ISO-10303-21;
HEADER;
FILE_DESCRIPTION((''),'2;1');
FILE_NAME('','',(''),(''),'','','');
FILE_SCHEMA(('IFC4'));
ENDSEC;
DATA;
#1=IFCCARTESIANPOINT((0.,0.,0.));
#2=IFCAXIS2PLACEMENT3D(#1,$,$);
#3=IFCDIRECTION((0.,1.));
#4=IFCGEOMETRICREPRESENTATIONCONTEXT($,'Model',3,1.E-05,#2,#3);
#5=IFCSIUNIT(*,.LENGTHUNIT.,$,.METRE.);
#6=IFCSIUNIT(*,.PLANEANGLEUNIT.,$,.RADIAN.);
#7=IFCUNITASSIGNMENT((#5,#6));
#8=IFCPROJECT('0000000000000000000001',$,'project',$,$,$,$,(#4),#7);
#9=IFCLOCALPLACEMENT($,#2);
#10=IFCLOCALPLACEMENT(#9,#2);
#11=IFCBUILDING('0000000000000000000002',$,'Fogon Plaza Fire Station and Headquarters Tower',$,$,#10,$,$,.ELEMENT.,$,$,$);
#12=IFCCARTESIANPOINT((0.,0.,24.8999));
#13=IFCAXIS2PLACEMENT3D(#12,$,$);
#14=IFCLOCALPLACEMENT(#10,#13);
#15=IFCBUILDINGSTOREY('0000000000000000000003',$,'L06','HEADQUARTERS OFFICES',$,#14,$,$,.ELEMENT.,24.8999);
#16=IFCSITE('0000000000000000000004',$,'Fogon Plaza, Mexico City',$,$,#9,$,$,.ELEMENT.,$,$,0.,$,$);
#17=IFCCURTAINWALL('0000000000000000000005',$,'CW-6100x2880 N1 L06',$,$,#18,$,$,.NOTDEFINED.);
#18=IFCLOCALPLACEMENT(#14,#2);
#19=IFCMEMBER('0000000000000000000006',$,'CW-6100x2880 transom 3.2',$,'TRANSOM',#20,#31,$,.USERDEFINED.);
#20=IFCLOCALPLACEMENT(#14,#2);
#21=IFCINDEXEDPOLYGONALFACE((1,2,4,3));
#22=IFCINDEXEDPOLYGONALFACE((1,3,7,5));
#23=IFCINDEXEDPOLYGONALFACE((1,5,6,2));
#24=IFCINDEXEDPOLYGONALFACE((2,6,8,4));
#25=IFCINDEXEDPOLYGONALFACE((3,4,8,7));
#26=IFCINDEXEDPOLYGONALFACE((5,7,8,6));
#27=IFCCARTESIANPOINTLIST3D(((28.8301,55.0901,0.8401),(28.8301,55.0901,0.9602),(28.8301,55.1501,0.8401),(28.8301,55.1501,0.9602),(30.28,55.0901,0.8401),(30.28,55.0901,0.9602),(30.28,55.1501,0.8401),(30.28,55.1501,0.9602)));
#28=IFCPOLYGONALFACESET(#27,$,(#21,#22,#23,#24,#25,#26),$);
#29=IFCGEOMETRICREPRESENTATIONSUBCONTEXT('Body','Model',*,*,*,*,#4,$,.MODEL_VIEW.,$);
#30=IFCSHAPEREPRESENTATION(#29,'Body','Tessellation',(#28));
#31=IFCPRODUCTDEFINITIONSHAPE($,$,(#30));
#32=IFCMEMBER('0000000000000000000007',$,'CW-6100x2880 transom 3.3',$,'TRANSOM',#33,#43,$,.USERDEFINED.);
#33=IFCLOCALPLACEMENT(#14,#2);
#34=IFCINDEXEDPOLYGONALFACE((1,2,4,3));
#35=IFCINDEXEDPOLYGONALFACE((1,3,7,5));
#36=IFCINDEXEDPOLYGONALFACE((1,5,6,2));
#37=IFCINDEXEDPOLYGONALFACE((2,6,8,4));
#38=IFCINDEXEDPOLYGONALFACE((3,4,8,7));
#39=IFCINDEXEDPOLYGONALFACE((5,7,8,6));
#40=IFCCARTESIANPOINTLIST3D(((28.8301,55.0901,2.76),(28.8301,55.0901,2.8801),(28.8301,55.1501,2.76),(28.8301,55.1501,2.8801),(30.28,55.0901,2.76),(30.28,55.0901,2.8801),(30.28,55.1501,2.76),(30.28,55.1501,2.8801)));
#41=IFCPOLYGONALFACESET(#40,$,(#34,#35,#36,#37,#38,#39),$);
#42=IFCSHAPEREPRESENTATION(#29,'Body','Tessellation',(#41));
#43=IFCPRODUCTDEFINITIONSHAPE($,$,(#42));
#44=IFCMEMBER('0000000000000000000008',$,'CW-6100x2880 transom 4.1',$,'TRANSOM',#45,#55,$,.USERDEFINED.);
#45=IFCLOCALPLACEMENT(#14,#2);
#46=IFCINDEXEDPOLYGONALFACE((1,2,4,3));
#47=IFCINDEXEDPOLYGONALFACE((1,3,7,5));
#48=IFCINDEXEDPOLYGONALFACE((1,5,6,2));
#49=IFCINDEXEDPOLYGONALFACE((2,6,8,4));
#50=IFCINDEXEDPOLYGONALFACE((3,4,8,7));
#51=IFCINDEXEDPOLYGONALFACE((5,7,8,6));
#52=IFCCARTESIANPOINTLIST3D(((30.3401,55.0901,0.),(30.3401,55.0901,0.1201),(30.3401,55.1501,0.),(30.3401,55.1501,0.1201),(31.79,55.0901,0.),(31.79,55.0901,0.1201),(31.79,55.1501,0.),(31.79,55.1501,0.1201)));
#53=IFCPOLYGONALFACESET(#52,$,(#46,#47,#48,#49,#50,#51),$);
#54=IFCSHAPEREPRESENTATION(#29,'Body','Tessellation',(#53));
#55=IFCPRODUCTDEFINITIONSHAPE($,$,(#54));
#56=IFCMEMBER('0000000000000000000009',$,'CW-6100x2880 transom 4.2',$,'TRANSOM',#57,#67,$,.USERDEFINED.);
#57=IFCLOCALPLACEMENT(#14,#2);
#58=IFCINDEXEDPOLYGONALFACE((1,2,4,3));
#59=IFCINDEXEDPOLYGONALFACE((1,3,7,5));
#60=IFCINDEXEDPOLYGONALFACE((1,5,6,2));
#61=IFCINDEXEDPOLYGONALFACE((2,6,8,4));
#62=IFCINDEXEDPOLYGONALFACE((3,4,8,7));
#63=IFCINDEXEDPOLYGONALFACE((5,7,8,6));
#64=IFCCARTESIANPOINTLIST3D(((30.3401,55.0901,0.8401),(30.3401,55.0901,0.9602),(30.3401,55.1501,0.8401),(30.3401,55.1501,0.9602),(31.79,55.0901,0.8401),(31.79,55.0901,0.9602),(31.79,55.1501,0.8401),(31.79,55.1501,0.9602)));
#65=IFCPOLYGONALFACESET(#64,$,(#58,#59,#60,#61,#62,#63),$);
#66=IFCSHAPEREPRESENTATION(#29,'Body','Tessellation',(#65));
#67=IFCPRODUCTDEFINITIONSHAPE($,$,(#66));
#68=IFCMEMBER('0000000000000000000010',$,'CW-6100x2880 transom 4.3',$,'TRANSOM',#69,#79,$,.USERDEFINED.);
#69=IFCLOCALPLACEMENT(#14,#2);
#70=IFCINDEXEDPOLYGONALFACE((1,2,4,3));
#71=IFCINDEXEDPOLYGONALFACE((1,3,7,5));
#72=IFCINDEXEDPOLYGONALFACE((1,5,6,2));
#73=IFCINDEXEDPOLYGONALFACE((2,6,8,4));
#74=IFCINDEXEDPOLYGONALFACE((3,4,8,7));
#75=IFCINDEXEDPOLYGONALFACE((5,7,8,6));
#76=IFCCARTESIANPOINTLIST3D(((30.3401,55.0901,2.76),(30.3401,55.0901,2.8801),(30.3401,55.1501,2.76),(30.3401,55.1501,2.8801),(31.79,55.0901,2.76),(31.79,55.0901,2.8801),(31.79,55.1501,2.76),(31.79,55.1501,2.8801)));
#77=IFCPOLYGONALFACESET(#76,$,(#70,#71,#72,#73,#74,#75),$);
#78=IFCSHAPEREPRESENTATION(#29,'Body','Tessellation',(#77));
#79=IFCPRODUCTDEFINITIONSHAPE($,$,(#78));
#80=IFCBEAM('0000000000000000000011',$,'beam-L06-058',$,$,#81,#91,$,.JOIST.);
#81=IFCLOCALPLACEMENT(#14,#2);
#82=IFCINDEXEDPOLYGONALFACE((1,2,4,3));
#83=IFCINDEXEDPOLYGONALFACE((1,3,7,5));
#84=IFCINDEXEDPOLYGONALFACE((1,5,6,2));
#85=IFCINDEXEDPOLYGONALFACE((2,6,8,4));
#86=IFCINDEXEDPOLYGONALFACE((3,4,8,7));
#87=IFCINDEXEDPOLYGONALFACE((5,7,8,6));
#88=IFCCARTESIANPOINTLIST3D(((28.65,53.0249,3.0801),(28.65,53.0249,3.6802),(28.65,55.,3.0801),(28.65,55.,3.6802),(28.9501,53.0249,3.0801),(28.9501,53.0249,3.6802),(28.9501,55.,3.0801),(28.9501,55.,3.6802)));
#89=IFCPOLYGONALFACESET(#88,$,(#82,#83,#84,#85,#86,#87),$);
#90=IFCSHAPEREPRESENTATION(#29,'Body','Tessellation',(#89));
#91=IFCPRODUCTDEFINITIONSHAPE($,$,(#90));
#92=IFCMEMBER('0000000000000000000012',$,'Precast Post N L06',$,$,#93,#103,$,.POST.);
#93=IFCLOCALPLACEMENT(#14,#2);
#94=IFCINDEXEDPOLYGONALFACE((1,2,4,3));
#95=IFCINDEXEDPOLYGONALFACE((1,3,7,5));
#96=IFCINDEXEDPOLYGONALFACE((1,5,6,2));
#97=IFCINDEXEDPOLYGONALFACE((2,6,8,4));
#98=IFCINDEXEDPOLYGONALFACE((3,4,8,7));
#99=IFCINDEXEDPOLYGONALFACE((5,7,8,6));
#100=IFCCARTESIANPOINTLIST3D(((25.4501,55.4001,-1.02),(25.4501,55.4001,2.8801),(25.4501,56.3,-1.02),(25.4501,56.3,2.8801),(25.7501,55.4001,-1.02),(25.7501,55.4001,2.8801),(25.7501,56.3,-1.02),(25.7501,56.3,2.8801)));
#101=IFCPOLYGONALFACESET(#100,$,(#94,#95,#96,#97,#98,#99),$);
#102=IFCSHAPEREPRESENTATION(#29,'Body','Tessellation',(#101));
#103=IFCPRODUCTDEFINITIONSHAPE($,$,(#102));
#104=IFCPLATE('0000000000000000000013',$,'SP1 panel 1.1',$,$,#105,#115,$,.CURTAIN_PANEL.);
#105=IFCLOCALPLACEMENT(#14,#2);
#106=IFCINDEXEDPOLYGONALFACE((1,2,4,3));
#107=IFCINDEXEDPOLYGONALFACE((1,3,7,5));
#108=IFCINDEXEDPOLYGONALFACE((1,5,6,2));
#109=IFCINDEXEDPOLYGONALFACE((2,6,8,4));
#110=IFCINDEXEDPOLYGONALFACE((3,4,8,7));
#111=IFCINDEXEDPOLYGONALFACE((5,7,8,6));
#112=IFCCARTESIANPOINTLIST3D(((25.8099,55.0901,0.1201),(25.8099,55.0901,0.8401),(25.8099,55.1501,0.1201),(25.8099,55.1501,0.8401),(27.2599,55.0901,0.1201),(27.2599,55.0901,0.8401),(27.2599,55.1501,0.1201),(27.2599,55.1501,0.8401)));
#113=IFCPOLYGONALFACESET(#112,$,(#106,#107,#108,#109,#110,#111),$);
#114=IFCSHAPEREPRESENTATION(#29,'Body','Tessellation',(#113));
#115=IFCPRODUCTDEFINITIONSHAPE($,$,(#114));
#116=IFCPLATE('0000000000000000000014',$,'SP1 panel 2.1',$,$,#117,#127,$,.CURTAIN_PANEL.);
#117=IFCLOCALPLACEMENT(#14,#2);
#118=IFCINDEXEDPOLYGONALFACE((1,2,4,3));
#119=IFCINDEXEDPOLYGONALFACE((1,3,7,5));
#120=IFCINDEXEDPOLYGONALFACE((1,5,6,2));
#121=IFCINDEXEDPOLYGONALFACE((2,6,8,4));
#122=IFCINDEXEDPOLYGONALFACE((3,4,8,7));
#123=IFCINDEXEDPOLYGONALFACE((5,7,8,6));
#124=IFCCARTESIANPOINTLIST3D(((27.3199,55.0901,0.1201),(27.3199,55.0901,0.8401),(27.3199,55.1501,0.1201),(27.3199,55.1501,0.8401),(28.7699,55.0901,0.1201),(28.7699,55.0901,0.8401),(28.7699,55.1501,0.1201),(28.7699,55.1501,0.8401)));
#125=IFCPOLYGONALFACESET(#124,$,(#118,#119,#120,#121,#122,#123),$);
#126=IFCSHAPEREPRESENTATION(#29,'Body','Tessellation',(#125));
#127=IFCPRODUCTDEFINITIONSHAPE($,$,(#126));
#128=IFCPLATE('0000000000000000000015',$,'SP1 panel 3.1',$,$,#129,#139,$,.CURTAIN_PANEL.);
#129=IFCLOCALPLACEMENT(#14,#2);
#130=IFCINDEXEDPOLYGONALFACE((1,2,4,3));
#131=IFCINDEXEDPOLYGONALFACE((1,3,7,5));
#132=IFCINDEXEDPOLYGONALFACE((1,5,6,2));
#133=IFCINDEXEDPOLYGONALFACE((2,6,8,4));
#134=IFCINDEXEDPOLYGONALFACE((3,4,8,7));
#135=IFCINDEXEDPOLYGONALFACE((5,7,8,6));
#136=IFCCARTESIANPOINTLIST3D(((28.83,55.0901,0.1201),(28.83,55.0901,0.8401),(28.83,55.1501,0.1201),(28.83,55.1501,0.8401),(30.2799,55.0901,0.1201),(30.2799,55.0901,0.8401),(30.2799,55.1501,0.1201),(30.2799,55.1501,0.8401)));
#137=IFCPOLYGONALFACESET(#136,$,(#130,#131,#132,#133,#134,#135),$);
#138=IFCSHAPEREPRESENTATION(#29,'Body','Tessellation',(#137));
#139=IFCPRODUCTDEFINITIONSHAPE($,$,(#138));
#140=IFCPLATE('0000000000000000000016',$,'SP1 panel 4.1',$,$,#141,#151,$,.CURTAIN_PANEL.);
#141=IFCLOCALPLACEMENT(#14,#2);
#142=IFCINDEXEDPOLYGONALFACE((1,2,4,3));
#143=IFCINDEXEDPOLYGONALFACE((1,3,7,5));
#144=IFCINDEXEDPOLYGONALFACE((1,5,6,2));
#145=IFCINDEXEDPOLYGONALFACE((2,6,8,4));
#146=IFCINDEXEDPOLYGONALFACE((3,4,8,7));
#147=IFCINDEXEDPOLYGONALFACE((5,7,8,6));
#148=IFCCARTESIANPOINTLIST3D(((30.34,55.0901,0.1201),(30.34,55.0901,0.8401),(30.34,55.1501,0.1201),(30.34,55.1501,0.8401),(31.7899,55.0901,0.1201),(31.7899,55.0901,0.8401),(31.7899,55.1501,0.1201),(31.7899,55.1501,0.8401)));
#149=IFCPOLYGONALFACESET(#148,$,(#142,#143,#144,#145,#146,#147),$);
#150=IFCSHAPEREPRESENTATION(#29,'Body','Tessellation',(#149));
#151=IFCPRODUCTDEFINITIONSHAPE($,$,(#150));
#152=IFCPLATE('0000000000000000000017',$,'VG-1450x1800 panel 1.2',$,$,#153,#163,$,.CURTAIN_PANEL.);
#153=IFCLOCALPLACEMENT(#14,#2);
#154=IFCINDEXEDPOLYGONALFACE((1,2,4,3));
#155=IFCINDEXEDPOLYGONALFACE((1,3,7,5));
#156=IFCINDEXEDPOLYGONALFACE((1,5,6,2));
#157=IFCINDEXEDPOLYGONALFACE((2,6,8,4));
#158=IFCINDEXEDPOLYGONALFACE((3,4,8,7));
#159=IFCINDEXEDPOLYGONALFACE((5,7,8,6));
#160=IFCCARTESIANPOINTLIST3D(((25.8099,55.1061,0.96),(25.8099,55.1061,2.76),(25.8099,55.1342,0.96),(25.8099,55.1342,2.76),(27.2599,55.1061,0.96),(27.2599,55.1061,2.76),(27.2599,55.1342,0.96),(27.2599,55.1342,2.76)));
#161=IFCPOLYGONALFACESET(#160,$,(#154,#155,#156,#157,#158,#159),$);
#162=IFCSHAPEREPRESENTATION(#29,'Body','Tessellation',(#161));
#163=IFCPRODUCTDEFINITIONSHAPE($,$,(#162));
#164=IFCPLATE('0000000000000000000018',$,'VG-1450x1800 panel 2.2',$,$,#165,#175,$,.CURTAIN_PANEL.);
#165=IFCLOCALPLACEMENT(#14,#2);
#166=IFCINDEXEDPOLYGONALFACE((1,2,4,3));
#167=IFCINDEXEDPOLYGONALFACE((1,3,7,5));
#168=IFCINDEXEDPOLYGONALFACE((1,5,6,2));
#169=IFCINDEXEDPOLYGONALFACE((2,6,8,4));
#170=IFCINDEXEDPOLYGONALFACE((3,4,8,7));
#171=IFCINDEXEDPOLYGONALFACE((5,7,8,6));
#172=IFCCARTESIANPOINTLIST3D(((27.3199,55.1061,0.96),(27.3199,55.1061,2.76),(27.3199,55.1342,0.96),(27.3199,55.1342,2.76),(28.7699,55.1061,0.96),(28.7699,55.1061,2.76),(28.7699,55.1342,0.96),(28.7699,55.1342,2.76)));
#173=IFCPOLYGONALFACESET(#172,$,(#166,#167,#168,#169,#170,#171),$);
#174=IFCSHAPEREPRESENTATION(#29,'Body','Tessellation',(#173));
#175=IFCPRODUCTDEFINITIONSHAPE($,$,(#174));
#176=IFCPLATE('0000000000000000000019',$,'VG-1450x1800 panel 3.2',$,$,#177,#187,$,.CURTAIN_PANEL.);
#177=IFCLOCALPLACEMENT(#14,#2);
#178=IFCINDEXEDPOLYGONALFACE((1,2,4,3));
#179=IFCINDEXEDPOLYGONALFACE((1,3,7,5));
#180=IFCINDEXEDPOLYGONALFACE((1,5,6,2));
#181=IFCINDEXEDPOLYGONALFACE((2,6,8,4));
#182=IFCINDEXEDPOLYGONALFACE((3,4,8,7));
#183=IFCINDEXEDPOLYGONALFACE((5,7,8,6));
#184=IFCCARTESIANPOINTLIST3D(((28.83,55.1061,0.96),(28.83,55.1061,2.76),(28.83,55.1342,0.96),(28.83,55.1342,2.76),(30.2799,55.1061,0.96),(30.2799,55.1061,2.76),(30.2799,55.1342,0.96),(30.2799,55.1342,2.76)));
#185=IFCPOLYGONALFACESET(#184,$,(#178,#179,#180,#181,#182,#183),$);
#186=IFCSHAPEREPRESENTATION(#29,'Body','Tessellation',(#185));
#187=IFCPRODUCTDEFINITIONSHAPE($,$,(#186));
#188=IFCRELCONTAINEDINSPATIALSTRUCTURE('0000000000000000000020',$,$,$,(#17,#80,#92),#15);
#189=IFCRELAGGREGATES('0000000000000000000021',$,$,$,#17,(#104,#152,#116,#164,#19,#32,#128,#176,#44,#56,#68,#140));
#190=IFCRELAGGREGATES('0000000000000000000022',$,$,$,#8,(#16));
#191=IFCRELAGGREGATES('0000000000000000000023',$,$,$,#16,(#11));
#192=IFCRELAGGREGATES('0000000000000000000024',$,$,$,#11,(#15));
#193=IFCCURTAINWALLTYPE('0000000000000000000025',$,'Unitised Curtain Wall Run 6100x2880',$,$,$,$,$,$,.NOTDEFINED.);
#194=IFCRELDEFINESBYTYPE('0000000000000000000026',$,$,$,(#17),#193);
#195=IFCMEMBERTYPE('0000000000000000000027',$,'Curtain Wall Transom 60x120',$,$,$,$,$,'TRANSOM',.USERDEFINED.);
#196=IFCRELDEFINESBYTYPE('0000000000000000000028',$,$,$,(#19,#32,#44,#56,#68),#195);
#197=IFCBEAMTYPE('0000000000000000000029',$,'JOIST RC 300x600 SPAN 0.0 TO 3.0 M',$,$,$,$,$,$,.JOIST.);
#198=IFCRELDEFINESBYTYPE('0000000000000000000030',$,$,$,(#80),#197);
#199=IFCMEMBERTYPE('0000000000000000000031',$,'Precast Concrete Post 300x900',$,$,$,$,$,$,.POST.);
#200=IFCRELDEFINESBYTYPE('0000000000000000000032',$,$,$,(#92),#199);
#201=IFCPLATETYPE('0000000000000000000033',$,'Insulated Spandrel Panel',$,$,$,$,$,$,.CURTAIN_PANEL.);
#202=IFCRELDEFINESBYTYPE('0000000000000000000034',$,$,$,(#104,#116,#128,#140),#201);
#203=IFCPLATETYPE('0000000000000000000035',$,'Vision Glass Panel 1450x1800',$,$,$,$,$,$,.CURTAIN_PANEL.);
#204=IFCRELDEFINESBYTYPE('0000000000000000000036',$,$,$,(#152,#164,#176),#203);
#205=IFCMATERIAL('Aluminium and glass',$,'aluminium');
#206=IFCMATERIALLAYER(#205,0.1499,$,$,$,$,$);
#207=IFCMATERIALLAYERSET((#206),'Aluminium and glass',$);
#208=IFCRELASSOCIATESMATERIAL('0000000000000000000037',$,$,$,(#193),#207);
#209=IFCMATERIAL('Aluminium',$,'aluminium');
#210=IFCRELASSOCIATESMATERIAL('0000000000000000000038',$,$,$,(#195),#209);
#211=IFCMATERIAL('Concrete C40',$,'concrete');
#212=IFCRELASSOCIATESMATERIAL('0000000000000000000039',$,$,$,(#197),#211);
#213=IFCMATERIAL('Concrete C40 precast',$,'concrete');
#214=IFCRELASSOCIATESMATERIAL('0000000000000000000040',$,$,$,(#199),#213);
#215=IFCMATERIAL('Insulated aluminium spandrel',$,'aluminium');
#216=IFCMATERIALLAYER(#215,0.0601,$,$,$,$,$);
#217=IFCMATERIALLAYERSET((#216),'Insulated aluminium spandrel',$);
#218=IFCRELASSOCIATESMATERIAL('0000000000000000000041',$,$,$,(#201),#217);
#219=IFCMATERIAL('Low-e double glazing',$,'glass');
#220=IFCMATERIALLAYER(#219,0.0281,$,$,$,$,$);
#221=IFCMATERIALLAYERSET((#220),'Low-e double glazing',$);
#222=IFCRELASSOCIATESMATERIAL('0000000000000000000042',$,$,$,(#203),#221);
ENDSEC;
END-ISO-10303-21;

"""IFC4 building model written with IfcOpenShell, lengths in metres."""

from ifc_helpers import new_model, si_unit, direction, frame, origin, origin_2d, place, context, subcontext, project, spatial, rectangle, extrude, material, layer, layer_set, material_profile, profile_set, type_object, element, aggregate, save


model = new_model("IFC4")

# Units and contexts
model_context = context("Model", 3, precision=1e-05, world=origin(), true_north=direction((0.0, 1.0)))
body_context = subcontext(model_context, "Body", "Model", "MODEL_VIEW")
ifc_project = project(units=[si_unit("LENGTHUNIT", "METRE"), si_unit("PLANEANGLEUNIT", "RADIAN")], contexts=[model_context])

# Site, building, storey
site_placement = place(None, origin())
site = spatial("IfcSite", under=ifc_project, at=site_placement, Name="Fogon Plaza, Mexico City", CompositionType="ELEMENT", RefElevation=0.0)
building_placement = place(site_placement, origin())
building = spatial("IfcBuilding", under=site, at=building_placement, Name="Fogon Plaza Fire Station and Headquarters Tower", CompositionType="ELEMENT")
storey_placement = place(building_placement, frame((0.0, 0.0, 24.8999)))
storey = spatial("IfcBuildingStorey", under=building, at=storey_placement, Name="L06", Description="HEADQUARTERS OFFICES", CompositionType="ELEMENT", Elevation=24.8999)

# Curtain wall, members
ifc_material_1 = material(Name="Aluminium and glass", Category="aluminium")
ifc_layer_1 = layer(ifc_material_1, 0.1499)
ifc_layer_set_1 = layer_set([ifc_layer_1], Name="Aluminium and glass")
curtain_wall_type = type_object("IfcCurtainWallType", Name="Unitised Curtain Wall Run 6100x2880", PredefinedType="NOTDEFINED", material=ifc_layer_set_1)
curtain_wall_placement = place(storey_placement, origin())
curtain_wall = element("IfcCurtainWall", 1, at=curtain_wall_placement, inside=storey, type_object=curtain_wall_type, Name="CW-6100x2880 N1 L06", PredefinedType="NOTDEFINED")
ifc_material_2 = material(Name="Aluminium", Category="aluminium")
ifc_material_profile_1 = material_profile(ifc_material_2, rectangle(XDim=0.0601, YDim=0.1201, at=origin_2d()), Name="Curtain Wall Transom 60x120")
ifc_profile_set_1 = profile_set([ifc_material_profile_1], Name="Aluminium")
member_type_1 = type_object("IfcMemberType", Name="Curtain Wall Transom 60x120", ElementType="TRANSOM", PredefinedType="USERDEFINED", material=ifc_profile_set_1)
member_1_placement = place(storey_placement, frame((28.8301, 55.1201, 0.9001), z_axis=(1.0, 0.0, 0.0), x_axis=(0.0, 1.0, 0.0)))
member_1 = element("IfcMember", 2, at=member_1_placement, type_object=member_type_1, Name="CW-6100x2880 transom 3.2", ObjectType="TRANSOM", PredefinedType="USERDEFINED", context=body_context, shape_type="SweptSolid", body=[
    extrude(rectangle(XDim=0.0601, YDim=0.1201, at=origin_2d()), origin(), (0.0, 0.0, 1.0), 1.45),
])
member_2_placement = place(storey_placement, frame((28.8301, 55.1201, 2.8201), z_axis=(1.0, 0.0, 0.0), x_axis=(0.0, 1.0, 0.0)))
member_2 = element("IfcMember", 3, at=member_2_placement, type_object=member_type_1, Name="CW-6100x2880 transom 3.3", ObjectType="TRANSOM", PredefinedType="USERDEFINED", context=body_context, shape_type="SweptSolid", body=[
    extrude(rectangle(XDim=0.0601, YDim=0.1201, at=origin_2d()), origin(), (0.0, 0.0, 1.0), 1.45),
])
member_3_placement = place(storey_placement, frame((30.3401, 55.1201, 0.0601), z_axis=(1.0, 0.0, 0.0), x_axis=(0.0, 1.0, 0.0)))
member_3 = element("IfcMember", 4, at=member_3_placement, type_object=member_type_1, Name="CW-6100x2880 transom 4.1", ObjectType="TRANSOM", PredefinedType="USERDEFINED", context=body_context, shape_type="SweptSolid", body=[
    extrude(rectangle(XDim=0.0601, YDim=0.1201, at=origin_2d()), origin(), (0.0, 0.0, 1.0), 1.45),
])
member_4_placement = place(storey_placement, frame((30.3401, 55.1201, 0.9001), z_axis=(1.0, 0.0, 0.0), x_axis=(0.0, 1.0, 0.0)))
member_4 = element("IfcMember", 5, at=member_4_placement, type_object=member_type_1, Name="CW-6100x2880 transom 4.2", ObjectType="TRANSOM", PredefinedType="USERDEFINED", context=body_context, shape_type="SweptSolid", body=[
    extrude(rectangle(XDim=0.0601, YDim=0.1201, at=origin_2d()), origin(), (0.0, 0.0, 1.0), 1.45),
])
member_5_placement = place(storey_placement, frame((30.3401, 55.1201, 2.8201), z_axis=(1.0, 0.0, 0.0), x_axis=(0.0, 1.0, 0.0)))
member_5 = element("IfcMember", 6, at=member_5_placement, type_object=member_type_1, Name="CW-6100x2880 transom 4.3", ObjectType="TRANSOM", PredefinedType="USERDEFINED", context=body_context, shape_type="SweptSolid", body=[
    extrude(rectangle(XDim=0.0601, YDim=0.1201, at=origin_2d()), origin(), (0.0, 0.0, 1.0), 1.45),
])

# Beam
ifc_material_3 = material(Name="Concrete C40", Category="concrete")
ifc_material_profile_2 = material_profile(ifc_material_3, rectangle(XDim=0.3, YDim=0.6001, at=origin_2d()), Name="RC 300x600")
ifc_profile_set_2 = profile_set([ifc_material_profile_2], Name="Concrete C40")
beam_type_1 = type_object("IfcBeamType", Name="JOIST RC 300x600 SPAN 0.0 TO 3.0 M", PredefinedType="JOIST", material=ifc_profile_set_2)
beam_1_placement = place(storey_placement, frame((28.8, 53.0249, 3.3801), z_axis=(0.0, 1.0, 0.0), x_axis=(-1.0, 0.0, 0.0)))
element("IfcBeam", 7, at=beam_1_placement, inside=storey, type_object=beam_type_1, Name="beam-L06-058", PredefinedType="JOIST", context=body_context, shape_type="SweptSolid", body=[
    extrude(rectangle(XDim=0.3, YDim=0.6001, at=origin_2d()), origin(), (0.0, 0.0, 1.0), 1.9751),
])

# Member
ifc_material_4 = material(Name="Concrete C40 precast", Category="concrete")
ifc_material_profile_3 = material_profile(ifc_material_4, rectangle(XDim=0.3, YDim=0.8999, at=origin_2d()), Name="Precast Concrete Post 300x900")
ifc_profile_set_3 = profile_set([ifc_material_profile_3], Name="Concrete C40 precast")
member_type_2 = type_object("IfcMemberType", Name="Precast Concrete Post 300x900", PredefinedType="POST", material=ifc_profile_set_3)
member_6_placement = place(storey_placement, frame((25.6001, 55.8501, -1.02), z_axis=(0.0, 0.0, 1.0), x_axis=(1.0, 0.0, 0.0)))
element("IfcMember", 8, at=member_6_placement, inside=storey, type_object=member_type_2, Name="Precast Post N L06", PredefinedType="POST", context=body_context, shape_type="SweptSolid", body=[
    extrude(rectangle(XDim=0.3, YDim=0.8999, at=origin_2d()), origin(), (0.0, 0.0, 1.0), 3.9001),
])

# Plates
ifc_material_5 = material(Name="Insulated aluminium spandrel", Category="aluminium")
ifc_layer_2 = layer(ifc_material_5, 0.0601)
ifc_layer_set_2 = layer_set([ifc_layer_2], Name="Insulated aluminium spandrel")
plate_type_1 = type_object("IfcPlateType", Name="Insulated Spandrel Panel", PredefinedType="CURTAIN_PANEL", material=ifc_layer_set_2)
plate_1_placement = place(storey_placement, frame((26.5349, 55.1201, 0.1201), z_axis=(0.0, 0.0, 1.0), x_axis=(1.0, 0.0, 0.0)))
plate_1 = element("IfcPlate", 9, at=plate_1_placement, type_object=plate_type_1, Name="SP1 panel 1.1", PredefinedType="CURTAIN_PANEL", context=body_context, shape_type="SweptSolid", body=[
    extrude(rectangle(XDim=1.45, YDim=0.0601, at=origin_2d()), origin(), (0.0, 0.0, 1.0), 0.72),
])
plate_2_placement = place(storey_placement, frame((28.0449, 55.1201, 0.1201), z_axis=(0.0, 0.0, 1.0), x_axis=(1.0, 0.0, 0.0)))
plate_2 = element("IfcPlate", 10, at=plate_2_placement, type_object=plate_type_1, Name="SP1 panel 2.1", PredefinedType="CURTAIN_PANEL", context=body_context, shape_type="SweptSolid", body=[
    extrude(rectangle(XDim=1.45, YDim=0.0601, at=origin_2d()), origin(), (0.0, 0.0, 1.0), 0.72),
])
plate_3_placement = place(storey_placement, frame((29.5549, 55.1201, 0.1201), z_axis=(0.0, 0.0, 1.0), x_axis=(1.0, 0.0, 0.0)))
plate_3 = element("IfcPlate", 11, at=plate_3_placement, type_object=plate_type_1, Name="SP1 panel 3.1", PredefinedType="CURTAIN_PANEL", context=body_context, shape_type="SweptSolid", body=[
    extrude(rectangle(XDim=1.45, YDim=0.0601, at=origin_2d()), origin(), (0.0, 0.0, 1.0), 0.72),
])
plate_4_placement = place(storey_placement, frame((31.0649, 55.1201, 0.1201), z_axis=(0.0, 0.0, 1.0), x_axis=(1.0, 0.0, 0.0)))
plate_4 = element("IfcPlate", 12, at=plate_4_placement, type_object=plate_type_1, Name="SP1 panel 4.1", PredefinedType="CURTAIN_PANEL", context=body_context, shape_type="SweptSolid", body=[
    extrude(rectangle(XDim=1.45, YDim=0.0601, at=origin_2d()), origin(), (0.0, 0.0, 1.0), 0.72),
])
ifc_material_6 = material(Name="Low-e double glazing", Category="glass")
ifc_layer_3 = layer(ifc_material_6, 0.0281)
ifc_layer_set_3 = layer_set([ifc_layer_3], Name="Low-e double glazing")
plate_type_2 = type_object("IfcPlateType", Name="Vision Glass Panel 1450x1800", PredefinedType="CURTAIN_PANEL", material=ifc_layer_set_3)
plate_5_placement = place(storey_placement, frame((26.5349, 55.1201, 0.96), z_axis=(0.0, 0.0, 1.0), x_axis=(1.0, 0.0, 0.0)))
plate_5 = element("IfcPlate", 13, at=plate_5_placement, type_object=plate_type_2, Name="VG-1450x1800 panel 1.2", PredefinedType="CURTAIN_PANEL", context=body_context, shape_type="SweptSolid", body=[
    extrude(rectangle(XDim=1.45, YDim=0.0281, at=origin_2d()), origin(), (0.0, 0.0, 1.0), 1.8),
])
plate_6_placement = place(storey_placement, frame((28.0449, 55.1201, 0.96), z_axis=(0.0, 0.0, 1.0), x_axis=(1.0, 0.0, 0.0)))
plate_6 = element("IfcPlate", 14, at=plate_6_placement, type_object=plate_type_2, Name="VG-1450x1800 panel 2.2", PredefinedType="CURTAIN_PANEL", context=body_context, shape_type="SweptSolid", body=[
    extrude(rectangle(XDim=1.45, YDim=0.0281, at=origin_2d()), origin(), (0.0, 0.0, 1.0), 1.8),
])
plate_7_placement = place(storey_placement, frame((29.5549, 55.1201, 0.96), z_axis=(0.0, 0.0, 1.0), x_axis=(1.0, 0.0, 0.0)))
plate_7 = element("IfcPlate", 15, at=plate_7_placement, type_object=plate_type_2, Name="VG-1450x1800 panel 3.2", PredefinedType="CURTAIN_PANEL", context=body_context, shape_type="SweptSolid", body=[
    extrude(rectangle(XDim=1.45, YDim=0.0281, at=origin_2d()), origin(), (0.0, 0.0, 1.0), 1.8),
])
aggregate(curtain_wall, [plate_1, plate_5, plate_2, plate_6, member_1, member_2, plate_3, plate_7, member_3, member_4, member_5, plate_4])

save(model, "model.ifc")
